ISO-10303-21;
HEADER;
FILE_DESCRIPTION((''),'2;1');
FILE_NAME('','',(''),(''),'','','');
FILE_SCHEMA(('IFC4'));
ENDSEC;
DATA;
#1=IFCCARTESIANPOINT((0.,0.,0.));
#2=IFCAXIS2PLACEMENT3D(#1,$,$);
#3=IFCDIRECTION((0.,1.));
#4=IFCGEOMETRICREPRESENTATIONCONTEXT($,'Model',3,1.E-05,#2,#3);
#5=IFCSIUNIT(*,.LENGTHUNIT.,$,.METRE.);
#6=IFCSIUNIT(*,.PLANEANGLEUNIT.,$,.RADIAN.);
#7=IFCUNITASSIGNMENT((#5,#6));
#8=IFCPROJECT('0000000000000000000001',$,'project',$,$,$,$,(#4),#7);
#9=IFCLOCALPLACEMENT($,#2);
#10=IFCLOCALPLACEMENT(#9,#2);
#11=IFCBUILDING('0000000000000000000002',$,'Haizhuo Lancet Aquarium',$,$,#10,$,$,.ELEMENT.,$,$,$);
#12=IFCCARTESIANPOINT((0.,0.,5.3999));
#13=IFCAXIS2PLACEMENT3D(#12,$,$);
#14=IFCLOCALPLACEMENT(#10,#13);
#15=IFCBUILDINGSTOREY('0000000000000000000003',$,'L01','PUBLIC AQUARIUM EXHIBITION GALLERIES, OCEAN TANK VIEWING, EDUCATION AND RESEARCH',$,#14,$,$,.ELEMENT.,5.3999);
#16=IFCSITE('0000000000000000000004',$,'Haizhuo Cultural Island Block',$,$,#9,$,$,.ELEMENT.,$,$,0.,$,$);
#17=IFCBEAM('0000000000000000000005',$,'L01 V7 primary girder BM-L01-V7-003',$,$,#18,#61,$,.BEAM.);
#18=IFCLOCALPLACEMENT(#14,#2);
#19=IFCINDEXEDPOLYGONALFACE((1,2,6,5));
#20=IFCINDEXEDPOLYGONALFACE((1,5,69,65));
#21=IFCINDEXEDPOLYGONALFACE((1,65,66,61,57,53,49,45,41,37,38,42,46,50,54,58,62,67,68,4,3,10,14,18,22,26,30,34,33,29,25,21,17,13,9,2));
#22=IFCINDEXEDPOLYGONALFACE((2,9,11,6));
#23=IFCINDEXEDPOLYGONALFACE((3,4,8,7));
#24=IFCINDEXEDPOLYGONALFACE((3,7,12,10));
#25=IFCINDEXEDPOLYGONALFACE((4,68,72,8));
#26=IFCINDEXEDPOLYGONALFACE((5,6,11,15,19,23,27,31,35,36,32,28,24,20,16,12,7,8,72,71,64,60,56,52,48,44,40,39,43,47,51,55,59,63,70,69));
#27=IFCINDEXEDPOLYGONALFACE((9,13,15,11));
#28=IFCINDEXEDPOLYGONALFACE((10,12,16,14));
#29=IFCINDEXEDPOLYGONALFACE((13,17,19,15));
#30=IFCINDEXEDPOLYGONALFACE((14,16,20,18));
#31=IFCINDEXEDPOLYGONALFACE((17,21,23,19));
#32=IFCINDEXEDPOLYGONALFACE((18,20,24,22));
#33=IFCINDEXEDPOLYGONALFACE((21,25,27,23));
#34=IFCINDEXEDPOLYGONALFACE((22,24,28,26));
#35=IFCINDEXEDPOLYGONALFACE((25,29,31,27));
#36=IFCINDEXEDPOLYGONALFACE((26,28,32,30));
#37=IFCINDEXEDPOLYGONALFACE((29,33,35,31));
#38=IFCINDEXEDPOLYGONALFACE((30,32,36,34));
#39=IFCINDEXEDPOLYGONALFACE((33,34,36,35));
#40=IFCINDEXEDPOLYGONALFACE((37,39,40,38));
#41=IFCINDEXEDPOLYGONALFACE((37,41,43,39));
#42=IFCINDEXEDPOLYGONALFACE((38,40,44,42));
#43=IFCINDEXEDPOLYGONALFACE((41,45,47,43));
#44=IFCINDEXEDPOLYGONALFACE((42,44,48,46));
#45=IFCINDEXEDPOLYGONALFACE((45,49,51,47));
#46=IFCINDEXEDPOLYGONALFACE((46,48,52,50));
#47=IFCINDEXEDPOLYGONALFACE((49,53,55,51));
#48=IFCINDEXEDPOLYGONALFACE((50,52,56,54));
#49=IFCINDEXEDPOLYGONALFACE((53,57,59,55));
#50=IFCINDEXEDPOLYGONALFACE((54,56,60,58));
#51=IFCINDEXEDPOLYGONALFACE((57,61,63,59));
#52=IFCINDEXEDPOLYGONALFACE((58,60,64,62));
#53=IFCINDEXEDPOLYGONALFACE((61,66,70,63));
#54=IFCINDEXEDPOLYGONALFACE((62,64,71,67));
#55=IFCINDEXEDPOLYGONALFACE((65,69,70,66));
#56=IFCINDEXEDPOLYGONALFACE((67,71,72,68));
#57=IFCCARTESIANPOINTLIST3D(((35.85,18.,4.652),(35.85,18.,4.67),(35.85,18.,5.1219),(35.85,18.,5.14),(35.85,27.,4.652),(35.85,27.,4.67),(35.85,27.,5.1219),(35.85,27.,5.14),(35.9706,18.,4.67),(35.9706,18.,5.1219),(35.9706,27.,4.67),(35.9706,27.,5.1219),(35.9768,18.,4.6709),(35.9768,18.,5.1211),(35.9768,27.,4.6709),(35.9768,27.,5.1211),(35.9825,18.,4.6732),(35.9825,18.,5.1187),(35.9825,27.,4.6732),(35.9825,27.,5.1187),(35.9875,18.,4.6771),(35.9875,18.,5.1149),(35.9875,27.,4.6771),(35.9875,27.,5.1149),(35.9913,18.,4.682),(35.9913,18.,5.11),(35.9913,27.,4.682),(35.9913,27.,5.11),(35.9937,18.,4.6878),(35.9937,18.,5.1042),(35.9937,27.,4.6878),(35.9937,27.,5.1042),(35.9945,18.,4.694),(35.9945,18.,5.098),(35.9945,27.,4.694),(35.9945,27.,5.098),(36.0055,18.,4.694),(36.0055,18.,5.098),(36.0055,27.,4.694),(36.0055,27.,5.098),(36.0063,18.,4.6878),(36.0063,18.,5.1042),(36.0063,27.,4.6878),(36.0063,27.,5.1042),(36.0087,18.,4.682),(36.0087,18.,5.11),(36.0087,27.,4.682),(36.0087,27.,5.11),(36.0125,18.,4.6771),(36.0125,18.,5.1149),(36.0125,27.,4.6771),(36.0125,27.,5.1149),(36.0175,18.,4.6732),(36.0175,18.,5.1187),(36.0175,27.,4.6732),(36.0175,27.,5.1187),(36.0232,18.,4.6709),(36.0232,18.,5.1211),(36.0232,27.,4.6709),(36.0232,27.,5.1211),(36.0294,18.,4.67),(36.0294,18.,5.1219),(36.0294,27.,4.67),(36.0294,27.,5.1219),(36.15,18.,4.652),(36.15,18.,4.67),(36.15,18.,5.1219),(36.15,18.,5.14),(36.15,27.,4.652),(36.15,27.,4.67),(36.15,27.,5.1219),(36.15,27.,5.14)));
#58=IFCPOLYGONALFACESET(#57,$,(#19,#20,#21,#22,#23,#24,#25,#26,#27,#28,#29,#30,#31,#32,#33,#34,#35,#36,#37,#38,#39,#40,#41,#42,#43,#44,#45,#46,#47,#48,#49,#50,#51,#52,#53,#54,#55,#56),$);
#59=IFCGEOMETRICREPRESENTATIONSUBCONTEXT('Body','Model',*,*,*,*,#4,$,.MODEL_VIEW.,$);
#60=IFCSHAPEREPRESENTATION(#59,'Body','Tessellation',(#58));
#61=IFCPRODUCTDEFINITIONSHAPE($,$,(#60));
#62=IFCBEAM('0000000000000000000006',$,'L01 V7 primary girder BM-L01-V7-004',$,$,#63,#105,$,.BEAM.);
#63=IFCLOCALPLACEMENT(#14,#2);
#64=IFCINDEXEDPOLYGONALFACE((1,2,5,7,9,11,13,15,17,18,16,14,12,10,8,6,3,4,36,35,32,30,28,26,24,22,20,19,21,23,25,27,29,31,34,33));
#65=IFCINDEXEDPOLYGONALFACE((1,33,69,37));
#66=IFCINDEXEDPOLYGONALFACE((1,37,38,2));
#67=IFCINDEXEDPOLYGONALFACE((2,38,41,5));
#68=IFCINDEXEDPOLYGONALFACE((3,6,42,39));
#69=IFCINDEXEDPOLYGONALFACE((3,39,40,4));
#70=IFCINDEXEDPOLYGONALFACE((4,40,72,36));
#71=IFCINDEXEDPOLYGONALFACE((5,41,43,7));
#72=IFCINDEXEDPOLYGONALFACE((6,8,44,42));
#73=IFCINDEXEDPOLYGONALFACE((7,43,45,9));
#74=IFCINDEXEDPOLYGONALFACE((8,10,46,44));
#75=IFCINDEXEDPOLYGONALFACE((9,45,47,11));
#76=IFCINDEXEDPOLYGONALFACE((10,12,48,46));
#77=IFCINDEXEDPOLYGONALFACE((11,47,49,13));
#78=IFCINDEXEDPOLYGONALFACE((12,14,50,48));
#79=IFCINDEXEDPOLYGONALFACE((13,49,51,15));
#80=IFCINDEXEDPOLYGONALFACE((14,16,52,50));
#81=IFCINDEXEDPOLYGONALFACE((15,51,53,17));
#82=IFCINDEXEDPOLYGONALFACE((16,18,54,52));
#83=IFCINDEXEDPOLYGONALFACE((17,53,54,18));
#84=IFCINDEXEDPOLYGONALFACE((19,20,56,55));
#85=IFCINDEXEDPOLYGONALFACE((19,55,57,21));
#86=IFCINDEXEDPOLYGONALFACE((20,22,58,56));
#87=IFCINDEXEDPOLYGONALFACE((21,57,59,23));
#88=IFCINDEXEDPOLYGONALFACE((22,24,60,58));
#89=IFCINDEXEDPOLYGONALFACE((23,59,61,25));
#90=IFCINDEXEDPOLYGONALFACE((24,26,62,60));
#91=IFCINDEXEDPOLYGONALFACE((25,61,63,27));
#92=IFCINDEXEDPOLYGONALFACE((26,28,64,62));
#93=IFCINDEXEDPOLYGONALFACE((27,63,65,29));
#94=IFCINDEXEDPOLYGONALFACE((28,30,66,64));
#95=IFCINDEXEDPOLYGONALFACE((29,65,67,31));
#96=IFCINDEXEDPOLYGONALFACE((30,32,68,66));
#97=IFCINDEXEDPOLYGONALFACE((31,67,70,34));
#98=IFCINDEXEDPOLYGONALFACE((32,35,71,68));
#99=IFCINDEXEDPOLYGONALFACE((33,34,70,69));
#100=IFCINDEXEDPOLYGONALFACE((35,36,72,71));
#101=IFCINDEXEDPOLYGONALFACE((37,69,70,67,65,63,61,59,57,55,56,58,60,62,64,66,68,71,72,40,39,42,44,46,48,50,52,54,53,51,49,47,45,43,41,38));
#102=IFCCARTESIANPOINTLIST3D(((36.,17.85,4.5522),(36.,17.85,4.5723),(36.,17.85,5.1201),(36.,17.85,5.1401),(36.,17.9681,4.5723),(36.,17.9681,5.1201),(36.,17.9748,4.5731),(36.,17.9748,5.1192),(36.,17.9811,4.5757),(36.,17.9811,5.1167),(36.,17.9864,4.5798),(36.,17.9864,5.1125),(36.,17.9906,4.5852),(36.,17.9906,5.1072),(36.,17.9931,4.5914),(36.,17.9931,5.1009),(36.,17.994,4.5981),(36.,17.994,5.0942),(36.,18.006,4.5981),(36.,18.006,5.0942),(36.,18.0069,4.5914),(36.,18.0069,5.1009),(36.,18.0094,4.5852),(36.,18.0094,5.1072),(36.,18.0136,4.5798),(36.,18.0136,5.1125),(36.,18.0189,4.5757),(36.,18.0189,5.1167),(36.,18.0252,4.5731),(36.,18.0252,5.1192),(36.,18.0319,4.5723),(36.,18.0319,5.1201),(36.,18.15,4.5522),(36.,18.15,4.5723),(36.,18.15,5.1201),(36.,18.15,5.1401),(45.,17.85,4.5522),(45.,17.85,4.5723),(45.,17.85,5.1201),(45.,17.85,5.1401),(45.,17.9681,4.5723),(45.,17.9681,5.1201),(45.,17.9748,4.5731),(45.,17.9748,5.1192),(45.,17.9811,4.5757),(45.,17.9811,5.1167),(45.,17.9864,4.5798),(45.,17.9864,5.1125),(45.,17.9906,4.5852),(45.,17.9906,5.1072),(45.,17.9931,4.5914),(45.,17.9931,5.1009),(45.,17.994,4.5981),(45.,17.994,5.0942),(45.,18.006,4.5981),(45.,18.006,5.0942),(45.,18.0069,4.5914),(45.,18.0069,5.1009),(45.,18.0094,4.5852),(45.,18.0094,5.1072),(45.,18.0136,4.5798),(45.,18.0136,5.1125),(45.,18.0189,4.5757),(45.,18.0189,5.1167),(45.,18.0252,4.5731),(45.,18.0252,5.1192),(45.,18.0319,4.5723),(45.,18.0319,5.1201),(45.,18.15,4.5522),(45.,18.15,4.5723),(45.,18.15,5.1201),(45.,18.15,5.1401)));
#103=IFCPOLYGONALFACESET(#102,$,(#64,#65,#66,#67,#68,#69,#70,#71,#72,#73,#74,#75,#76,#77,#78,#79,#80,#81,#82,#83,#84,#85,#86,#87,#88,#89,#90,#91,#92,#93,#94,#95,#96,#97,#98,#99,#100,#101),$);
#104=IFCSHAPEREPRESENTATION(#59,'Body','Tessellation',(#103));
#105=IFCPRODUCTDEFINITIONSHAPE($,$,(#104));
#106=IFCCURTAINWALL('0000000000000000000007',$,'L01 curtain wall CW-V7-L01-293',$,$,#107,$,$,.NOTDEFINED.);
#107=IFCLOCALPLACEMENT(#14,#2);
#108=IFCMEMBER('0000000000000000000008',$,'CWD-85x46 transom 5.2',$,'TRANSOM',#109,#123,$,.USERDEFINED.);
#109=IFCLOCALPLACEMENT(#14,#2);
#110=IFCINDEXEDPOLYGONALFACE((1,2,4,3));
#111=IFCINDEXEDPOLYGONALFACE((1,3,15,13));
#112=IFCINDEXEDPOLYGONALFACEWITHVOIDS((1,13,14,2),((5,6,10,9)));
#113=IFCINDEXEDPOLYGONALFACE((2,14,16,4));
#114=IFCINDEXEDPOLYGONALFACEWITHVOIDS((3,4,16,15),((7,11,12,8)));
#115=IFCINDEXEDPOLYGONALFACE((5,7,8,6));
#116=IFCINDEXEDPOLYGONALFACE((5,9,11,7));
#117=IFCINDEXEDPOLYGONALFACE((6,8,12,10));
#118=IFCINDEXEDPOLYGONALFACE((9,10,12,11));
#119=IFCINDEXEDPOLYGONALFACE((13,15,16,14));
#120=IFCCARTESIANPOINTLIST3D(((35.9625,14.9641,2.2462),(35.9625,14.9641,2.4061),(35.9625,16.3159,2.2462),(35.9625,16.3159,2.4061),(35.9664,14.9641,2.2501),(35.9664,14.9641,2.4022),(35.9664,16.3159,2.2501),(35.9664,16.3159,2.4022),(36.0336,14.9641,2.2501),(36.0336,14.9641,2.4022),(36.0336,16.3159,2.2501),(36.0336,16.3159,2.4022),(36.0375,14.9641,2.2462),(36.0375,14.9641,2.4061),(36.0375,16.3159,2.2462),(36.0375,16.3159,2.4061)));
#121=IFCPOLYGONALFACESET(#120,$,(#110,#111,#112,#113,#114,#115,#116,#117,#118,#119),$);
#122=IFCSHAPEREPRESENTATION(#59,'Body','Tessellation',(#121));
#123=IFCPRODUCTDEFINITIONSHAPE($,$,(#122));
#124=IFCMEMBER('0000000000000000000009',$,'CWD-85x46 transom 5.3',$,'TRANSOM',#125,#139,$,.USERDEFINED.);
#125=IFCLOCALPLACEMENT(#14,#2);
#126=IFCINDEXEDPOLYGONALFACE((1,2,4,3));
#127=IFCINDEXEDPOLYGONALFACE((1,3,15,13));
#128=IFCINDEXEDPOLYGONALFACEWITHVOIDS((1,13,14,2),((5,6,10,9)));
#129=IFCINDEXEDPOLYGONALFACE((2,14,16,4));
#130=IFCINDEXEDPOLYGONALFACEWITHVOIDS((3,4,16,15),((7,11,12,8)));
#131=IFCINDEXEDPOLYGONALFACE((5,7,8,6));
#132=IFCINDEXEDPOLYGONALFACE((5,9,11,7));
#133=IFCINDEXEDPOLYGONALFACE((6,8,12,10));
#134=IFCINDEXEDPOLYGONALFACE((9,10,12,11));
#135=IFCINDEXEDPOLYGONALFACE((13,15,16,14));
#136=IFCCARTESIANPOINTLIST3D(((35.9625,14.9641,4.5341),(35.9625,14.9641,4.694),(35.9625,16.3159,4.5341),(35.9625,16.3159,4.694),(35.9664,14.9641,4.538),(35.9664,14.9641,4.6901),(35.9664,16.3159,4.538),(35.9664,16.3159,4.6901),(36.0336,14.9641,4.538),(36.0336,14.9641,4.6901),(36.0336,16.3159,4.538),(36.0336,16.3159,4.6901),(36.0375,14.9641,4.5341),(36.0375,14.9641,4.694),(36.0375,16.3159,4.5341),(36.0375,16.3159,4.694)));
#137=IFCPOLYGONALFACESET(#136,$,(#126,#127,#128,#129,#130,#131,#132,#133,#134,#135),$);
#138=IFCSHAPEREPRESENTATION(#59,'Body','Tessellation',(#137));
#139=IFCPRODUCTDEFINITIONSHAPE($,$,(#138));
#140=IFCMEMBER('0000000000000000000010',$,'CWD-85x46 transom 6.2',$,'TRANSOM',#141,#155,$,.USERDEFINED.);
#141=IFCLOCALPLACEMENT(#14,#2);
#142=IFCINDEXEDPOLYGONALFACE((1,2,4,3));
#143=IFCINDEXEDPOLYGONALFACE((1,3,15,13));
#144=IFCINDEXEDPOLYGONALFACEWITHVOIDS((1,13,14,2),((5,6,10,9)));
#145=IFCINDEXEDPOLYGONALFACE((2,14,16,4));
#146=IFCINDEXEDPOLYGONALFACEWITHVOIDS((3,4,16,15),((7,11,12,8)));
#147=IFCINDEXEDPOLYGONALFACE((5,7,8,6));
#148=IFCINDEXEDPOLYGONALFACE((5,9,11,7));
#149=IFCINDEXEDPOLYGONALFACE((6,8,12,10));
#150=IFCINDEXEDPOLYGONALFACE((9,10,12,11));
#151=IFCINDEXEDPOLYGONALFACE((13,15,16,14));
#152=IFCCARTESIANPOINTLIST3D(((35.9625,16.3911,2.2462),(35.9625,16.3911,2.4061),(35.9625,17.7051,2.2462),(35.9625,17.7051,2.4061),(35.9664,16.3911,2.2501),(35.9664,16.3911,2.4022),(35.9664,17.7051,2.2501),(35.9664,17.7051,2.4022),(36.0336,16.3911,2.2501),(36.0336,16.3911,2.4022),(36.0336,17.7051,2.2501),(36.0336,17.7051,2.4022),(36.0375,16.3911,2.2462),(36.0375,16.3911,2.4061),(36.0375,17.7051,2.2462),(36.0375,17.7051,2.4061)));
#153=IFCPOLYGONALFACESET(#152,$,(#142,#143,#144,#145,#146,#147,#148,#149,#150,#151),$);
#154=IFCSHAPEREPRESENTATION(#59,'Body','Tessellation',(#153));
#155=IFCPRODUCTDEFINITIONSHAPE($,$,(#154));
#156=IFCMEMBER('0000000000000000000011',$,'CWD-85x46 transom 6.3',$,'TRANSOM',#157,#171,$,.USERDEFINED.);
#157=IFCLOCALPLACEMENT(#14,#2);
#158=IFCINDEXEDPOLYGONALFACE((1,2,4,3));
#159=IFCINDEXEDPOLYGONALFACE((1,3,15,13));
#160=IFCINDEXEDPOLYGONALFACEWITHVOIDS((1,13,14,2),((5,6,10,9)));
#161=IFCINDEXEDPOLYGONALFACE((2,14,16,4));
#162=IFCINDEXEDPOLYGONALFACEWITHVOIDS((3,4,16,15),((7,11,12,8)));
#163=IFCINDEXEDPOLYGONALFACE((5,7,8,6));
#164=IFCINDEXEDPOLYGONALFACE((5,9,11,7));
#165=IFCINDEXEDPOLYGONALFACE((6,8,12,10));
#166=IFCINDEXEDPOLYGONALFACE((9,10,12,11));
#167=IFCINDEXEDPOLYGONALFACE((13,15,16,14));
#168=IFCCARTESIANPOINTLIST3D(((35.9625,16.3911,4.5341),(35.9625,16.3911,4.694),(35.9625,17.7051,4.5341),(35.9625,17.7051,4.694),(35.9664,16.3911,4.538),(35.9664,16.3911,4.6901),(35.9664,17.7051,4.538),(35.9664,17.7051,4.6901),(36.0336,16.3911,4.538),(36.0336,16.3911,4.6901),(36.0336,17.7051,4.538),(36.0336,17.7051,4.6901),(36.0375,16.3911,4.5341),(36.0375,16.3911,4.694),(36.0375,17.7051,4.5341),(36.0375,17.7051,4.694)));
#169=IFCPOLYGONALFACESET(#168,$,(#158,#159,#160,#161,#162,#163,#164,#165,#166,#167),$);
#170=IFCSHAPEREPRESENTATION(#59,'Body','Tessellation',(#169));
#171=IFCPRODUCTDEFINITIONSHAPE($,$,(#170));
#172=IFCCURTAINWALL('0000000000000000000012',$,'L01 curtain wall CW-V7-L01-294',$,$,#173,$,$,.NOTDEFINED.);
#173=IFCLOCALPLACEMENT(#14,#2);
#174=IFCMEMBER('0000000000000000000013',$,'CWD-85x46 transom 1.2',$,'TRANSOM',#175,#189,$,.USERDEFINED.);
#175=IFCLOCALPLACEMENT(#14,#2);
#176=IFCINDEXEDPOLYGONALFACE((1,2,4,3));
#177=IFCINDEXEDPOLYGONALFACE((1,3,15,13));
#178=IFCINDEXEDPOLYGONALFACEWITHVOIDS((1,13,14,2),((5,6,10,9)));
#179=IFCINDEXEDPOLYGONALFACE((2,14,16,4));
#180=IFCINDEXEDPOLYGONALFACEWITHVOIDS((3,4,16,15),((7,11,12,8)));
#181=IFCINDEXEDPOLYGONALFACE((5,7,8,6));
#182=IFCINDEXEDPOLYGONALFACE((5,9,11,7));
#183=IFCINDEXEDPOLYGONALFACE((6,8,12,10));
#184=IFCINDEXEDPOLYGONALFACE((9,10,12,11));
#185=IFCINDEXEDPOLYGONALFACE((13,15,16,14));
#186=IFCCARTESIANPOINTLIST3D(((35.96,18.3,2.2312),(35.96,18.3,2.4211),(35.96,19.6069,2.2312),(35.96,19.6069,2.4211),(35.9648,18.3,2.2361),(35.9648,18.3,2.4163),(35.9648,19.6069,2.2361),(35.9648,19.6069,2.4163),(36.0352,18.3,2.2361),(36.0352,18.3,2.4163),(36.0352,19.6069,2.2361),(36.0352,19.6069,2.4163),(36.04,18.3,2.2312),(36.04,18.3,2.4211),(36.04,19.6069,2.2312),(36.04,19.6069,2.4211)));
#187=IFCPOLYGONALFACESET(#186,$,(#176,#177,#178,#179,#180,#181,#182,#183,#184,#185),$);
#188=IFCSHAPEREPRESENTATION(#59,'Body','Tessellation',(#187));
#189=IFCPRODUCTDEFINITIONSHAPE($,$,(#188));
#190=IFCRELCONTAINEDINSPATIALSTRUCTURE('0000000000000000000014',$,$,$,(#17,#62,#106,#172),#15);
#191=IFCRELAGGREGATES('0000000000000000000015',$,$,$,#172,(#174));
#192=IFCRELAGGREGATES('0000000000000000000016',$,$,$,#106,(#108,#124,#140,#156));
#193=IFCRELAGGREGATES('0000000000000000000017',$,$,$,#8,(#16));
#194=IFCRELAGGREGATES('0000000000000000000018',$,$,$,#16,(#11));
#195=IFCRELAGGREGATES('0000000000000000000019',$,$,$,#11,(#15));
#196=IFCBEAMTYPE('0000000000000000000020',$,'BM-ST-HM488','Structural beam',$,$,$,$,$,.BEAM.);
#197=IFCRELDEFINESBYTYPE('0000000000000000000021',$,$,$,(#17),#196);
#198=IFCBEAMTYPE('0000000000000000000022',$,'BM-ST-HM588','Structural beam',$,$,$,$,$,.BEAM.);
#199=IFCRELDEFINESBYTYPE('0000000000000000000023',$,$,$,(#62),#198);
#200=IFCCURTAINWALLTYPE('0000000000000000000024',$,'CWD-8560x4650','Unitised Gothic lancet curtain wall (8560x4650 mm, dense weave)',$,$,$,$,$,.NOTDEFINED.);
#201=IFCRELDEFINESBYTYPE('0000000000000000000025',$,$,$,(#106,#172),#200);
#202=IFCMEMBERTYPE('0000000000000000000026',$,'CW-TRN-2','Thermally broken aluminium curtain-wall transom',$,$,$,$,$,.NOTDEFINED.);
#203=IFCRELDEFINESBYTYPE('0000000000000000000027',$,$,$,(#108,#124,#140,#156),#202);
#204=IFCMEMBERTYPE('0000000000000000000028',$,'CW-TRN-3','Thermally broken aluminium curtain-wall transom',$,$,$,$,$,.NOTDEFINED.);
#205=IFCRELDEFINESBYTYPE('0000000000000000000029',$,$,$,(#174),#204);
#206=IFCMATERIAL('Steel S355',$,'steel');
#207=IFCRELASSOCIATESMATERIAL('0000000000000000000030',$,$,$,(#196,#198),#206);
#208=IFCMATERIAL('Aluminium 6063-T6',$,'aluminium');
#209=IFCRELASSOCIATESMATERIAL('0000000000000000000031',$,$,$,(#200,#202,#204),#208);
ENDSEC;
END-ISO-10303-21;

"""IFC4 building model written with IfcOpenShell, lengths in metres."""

from ifc_helpers import new_model, si_unit, direction, frame, origin, origin_2d, place, context, subcontext, project, spatial, hollow_rectangle, i_section, extrude, material, material_profile, profile_set, type_object, element, aggregate, save


model = new_model("IFC4")

# Units and contexts
model_context = context("Model", 3, precision=1e-05, world=origin(), true_north=direction((0.0, 1.0)))
body_context = subcontext(model_context, "Body", "Model", "MODEL_VIEW")
ifc_project = project(units=[si_unit("LENGTHUNIT", "METRE"), si_unit("PLANEANGLEUNIT", "RADIAN")], contexts=[model_context])

# Site, building, storey
site_placement = place(None, origin())
site = spatial("IfcSite", under=ifc_project, at=site_placement, Name="Haizhuo Cultural Island Block", CompositionType="ELEMENT", RefElevation=0.0)
building_placement = place(site_placement, origin())
building = spatial("IfcBuilding", under=site, at=building_placement, Name="Haizhuo Lancet Aquarium", CompositionType="ELEMENT")
storey_placement = place(building_placement, frame((0.0, 0.0, 5.3999)))
storey = spatial("IfcBuildingStorey", under=building, at=storey_placement, Name="L01", Description="PUBLIC AQUARIUM EXHIBITION GALLERIES, OCEAN TANK VIEWING, EDUCATION AND RESEARCH", CompositionType="ELEMENT", Elevation=5.3999)

# Beams
ifc_material_1 = material(Name="Steel S355", Category="steel")
ifc_material_profile_1 = material_profile(ifc_material_1, i_section(OverallWidth=0.3, OverallDepth=0.488, WebThickness=0.011, FlangeThickness=0.0181, FilletRadius=0.0239, at=origin_2d()), Name="HM 488x300x11x18")
ifc_profile_set_1 = profile_set([ifc_material_profile_1], Name="Steel S355")
beam_type_1 = type_object("IfcBeamType", Name="BM-ST-HM488", Description="Structural beam", PredefinedType="BEAM", material=ifc_profile_set_1)
beam_1_placement = place(storey_placement, frame((36.0, 18.0, 4.896), z_axis=(0.0, 1.0, 0.0), x_axis=(-1.0, 0.0, 0.0)))
element("IfcBeam", 1, at=beam_1_placement, inside=storey, type_object=beam_type_1, Name="L01 V7 primary girder BM-L01-V7-003", PredefinedType="BEAM", context=body_context, shape_type="SweptSolid", body=[
    extrude(i_section(OverallWidth=0.3, OverallDepth=0.488, WebThickness=0.011, FlangeThickness=0.0181, FilletRadius=0.0239, at=origin_2d()), origin(), (0.0, 0.0, 1.0), 9.0),
])
ifc_material_profile_2 = material_profile(ifc_material_1, i_section(OverallWidth=0.3, OverallDepth=0.5879, WebThickness=0.012, FlangeThickness=0.02, FilletRadius=0.0259, at=origin_2d()), Name="HM 588x300x12x20")
ifc_profile_set_2 = profile_set([ifc_material_profile_2], Name="Steel S355")
beam_type_2 = type_object("IfcBeamType", Name="BM-ST-HM588", Description="Structural beam", PredefinedType="BEAM", material=ifc_profile_set_2)
beam_2_placement = place(storey_placement, frame((36.0, 18.0, 4.8462), z_axis=(1.0, 0.0, 0.0), x_axis=(0.0, 1.0, 0.0)))
element("IfcBeam", 2, at=beam_2_placement, inside=storey, type_object=beam_type_2, Name="L01 V7 primary girder BM-L01-V7-004", PredefinedType="BEAM", context=body_context, shape_type="SweptSolid", body=[
    extrude(i_section(OverallWidth=0.3, OverallDepth=0.5879, WebThickness=0.012, FlangeThickness=0.02, FilletRadius=0.0259, at=origin_2d()), origin(), (0.0, 0.0, 1.0), 9.0),
])

# Curtain walls, members
ifc_material_2 = material(Name="Aluminium 6063-T6", Category="aluminium")
curtain_wall_type = type_object("IfcCurtainWallType", Name="CWD-8560x4650", Description="Unitised Gothic lancet curtain wall (8560x4650 mm, dense weave)", PredefinedType="NOTDEFINED", material=ifc_material_2)
curtain_wall_1_placement = place(storey_placement, origin())
curtain_wall_1 = element("IfcCurtainWall", 3, at=curtain_wall_1_placement, inside=storey, type_object=curtain_wall_type, Name="L01 curtain wall CW-V7-L01-293", PredefinedType="NOTDEFINED")
ifc_material_profile_3 = material_profile(ifc_material_2, hollow_rectangle(XDim=0.075, YDim=0.1599, WallThickness=0.0039, at=origin_2d()), Name="ALU-T 75x160x4")
ifc_profile_set_3 = profile_set([ifc_material_profile_3], Name="Aluminium 6063-T6")
member_type_1 = type_object("IfcMemberType", Name="CW-TRN-2", Description="Thermally broken aluminium curtain-wall transom", PredefinedType="NOTDEFINED", material=ifc_profile_set_3)
member_1_placement = place(storey_placement, frame((36.0, 14.9641, 2.3262), z_axis=(0.0, 1.0, 0.0), x_axis=(-1.0, 0.0, 0.0)))
member_1 = element("IfcMember", 4, at=member_1_placement, type_object=member_type_1, Name="CWD-85x46 transom 5.2", ObjectType="TRANSOM", PredefinedType="USERDEFINED", context=body_context, shape_type="SweptSolid", body=[
    extrude(hollow_rectangle(XDim=0.075, YDim=0.1599, WallThickness=0.0039, at=origin_2d()), origin(), (0.0, 0.0, 1.0), 1.3518),
])
member_2_placement = place(storey_placement, frame((36.0, 14.9641, 4.614), z_axis=(0.0, 1.0, 0.0), x_axis=(-1.0, 0.0, 0.0)))
member_2 = element("IfcMember", 5, at=member_2_placement, type_object=member_type_1, Name="CWD-85x46 transom 5.3", ObjectType="TRANSOM", PredefinedType="USERDEFINED", context=body_context, shape_type="SweptSolid", body=[
    extrude(hollow_rectangle(XDim=0.075, YDim=0.1599, WallThickness=0.0039, at=origin_2d()), origin(), (0.0, 0.0, 1.0), 1.3518),
])
member_3_placement = place(storey_placement, frame((36.0, 16.3911, 2.3262), z_axis=(0.0, 1.0, 0.0), x_axis=(-1.0, 0.0, 0.0)))
member_3 = element("IfcMember", 6, at=member_3_placement, type_object=member_type_1, Name="CWD-85x46 transom 6.2", ObjectType="TRANSOM", PredefinedType="USERDEFINED", context=body_context, shape_type="SweptSolid", body=[
    extrude(hollow_rectangle(XDim=0.075, YDim=0.1599, WallThickness=0.0039, at=origin_2d()), origin(), (0.0, 0.0, 1.0), 1.314),
])
member_4_placement = place(storey_placement, frame((36.0, 16.3911, 4.614), z_axis=(0.0, 1.0, 0.0), x_axis=(-1.0, 0.0, 0.0)))
member_4 = element("IfcMember", 7, at=member_4_placement, type_object=member_type_1, Name="CWD-85x46 transom 6.3", ObjectType="TRANSOM", PredefinedType="USERDEFINED", context=body_context, shape_type="SweptSolid", body=[
    extrude(hollow_rectangle(XDim=0.075, YDim=0.1599, WallThickness=0.0039, at=origin_2d()), origin(), (0.0, 0.0, 1.0), 1.314),
])
curtain_wall_2_placement = place(storey_placement, origin())
curtain_wall_2 = element("IfcCurtainWall", 8, at=curtain_wall_2_placement, inside=storey, type_object=curtain_wall_type, Name="L01 curtain wall CW-V7-L01-294", PredefinedType="NOTDEFINED")
ifc_material_profile_4 = material_profile(ifc_material_2, hollow_rectangle(XDim=0.0801, YDim=0.1899, WallThickness=0.0049, at=origin_2d()), Name="ALU-T 80x190x5")
ifc_profile_set_4 = profile_set([ifc_material_profile_4], Name="Aluminium 6063-T6")
member_type_2 = type_object("IfcMemberType", Name="CW-TRN-3", Description="Thermally broken aluminium curtain-wall transom", PredefinedType="NOTDEFINED", material=ifc_profile_set_4)
member_5_placement = place(storey_placement, frame((36.0, 18.3, 2.3262), z_axis=(0.0, 1.0, 0.0), x_axis=(-1.0, 0.0, 0.0)))
member_5 = element("IfcMember", 9, at=member_5_placement, type_object=member_type_2, Name="CWD-85x46 transom 1.2", ObjectType="TRANSOM", PredefinedType="USERDEFINED", context=body_context, shape_type="SweptSolid", body=[
    extrude(hollow_rectangle(XDim=0.0801, YDim=0.1899, WallThickness=0.0049, at=origin_2d()), origin(), (0.0, 0.0, 1.0), 1.3069),
])
aggregate(curtain_wall_2, [member_5])

aggregate(curtain_wall_1, [member_1, member_2, member_3, member_4])

save(model, "model.ifc")
